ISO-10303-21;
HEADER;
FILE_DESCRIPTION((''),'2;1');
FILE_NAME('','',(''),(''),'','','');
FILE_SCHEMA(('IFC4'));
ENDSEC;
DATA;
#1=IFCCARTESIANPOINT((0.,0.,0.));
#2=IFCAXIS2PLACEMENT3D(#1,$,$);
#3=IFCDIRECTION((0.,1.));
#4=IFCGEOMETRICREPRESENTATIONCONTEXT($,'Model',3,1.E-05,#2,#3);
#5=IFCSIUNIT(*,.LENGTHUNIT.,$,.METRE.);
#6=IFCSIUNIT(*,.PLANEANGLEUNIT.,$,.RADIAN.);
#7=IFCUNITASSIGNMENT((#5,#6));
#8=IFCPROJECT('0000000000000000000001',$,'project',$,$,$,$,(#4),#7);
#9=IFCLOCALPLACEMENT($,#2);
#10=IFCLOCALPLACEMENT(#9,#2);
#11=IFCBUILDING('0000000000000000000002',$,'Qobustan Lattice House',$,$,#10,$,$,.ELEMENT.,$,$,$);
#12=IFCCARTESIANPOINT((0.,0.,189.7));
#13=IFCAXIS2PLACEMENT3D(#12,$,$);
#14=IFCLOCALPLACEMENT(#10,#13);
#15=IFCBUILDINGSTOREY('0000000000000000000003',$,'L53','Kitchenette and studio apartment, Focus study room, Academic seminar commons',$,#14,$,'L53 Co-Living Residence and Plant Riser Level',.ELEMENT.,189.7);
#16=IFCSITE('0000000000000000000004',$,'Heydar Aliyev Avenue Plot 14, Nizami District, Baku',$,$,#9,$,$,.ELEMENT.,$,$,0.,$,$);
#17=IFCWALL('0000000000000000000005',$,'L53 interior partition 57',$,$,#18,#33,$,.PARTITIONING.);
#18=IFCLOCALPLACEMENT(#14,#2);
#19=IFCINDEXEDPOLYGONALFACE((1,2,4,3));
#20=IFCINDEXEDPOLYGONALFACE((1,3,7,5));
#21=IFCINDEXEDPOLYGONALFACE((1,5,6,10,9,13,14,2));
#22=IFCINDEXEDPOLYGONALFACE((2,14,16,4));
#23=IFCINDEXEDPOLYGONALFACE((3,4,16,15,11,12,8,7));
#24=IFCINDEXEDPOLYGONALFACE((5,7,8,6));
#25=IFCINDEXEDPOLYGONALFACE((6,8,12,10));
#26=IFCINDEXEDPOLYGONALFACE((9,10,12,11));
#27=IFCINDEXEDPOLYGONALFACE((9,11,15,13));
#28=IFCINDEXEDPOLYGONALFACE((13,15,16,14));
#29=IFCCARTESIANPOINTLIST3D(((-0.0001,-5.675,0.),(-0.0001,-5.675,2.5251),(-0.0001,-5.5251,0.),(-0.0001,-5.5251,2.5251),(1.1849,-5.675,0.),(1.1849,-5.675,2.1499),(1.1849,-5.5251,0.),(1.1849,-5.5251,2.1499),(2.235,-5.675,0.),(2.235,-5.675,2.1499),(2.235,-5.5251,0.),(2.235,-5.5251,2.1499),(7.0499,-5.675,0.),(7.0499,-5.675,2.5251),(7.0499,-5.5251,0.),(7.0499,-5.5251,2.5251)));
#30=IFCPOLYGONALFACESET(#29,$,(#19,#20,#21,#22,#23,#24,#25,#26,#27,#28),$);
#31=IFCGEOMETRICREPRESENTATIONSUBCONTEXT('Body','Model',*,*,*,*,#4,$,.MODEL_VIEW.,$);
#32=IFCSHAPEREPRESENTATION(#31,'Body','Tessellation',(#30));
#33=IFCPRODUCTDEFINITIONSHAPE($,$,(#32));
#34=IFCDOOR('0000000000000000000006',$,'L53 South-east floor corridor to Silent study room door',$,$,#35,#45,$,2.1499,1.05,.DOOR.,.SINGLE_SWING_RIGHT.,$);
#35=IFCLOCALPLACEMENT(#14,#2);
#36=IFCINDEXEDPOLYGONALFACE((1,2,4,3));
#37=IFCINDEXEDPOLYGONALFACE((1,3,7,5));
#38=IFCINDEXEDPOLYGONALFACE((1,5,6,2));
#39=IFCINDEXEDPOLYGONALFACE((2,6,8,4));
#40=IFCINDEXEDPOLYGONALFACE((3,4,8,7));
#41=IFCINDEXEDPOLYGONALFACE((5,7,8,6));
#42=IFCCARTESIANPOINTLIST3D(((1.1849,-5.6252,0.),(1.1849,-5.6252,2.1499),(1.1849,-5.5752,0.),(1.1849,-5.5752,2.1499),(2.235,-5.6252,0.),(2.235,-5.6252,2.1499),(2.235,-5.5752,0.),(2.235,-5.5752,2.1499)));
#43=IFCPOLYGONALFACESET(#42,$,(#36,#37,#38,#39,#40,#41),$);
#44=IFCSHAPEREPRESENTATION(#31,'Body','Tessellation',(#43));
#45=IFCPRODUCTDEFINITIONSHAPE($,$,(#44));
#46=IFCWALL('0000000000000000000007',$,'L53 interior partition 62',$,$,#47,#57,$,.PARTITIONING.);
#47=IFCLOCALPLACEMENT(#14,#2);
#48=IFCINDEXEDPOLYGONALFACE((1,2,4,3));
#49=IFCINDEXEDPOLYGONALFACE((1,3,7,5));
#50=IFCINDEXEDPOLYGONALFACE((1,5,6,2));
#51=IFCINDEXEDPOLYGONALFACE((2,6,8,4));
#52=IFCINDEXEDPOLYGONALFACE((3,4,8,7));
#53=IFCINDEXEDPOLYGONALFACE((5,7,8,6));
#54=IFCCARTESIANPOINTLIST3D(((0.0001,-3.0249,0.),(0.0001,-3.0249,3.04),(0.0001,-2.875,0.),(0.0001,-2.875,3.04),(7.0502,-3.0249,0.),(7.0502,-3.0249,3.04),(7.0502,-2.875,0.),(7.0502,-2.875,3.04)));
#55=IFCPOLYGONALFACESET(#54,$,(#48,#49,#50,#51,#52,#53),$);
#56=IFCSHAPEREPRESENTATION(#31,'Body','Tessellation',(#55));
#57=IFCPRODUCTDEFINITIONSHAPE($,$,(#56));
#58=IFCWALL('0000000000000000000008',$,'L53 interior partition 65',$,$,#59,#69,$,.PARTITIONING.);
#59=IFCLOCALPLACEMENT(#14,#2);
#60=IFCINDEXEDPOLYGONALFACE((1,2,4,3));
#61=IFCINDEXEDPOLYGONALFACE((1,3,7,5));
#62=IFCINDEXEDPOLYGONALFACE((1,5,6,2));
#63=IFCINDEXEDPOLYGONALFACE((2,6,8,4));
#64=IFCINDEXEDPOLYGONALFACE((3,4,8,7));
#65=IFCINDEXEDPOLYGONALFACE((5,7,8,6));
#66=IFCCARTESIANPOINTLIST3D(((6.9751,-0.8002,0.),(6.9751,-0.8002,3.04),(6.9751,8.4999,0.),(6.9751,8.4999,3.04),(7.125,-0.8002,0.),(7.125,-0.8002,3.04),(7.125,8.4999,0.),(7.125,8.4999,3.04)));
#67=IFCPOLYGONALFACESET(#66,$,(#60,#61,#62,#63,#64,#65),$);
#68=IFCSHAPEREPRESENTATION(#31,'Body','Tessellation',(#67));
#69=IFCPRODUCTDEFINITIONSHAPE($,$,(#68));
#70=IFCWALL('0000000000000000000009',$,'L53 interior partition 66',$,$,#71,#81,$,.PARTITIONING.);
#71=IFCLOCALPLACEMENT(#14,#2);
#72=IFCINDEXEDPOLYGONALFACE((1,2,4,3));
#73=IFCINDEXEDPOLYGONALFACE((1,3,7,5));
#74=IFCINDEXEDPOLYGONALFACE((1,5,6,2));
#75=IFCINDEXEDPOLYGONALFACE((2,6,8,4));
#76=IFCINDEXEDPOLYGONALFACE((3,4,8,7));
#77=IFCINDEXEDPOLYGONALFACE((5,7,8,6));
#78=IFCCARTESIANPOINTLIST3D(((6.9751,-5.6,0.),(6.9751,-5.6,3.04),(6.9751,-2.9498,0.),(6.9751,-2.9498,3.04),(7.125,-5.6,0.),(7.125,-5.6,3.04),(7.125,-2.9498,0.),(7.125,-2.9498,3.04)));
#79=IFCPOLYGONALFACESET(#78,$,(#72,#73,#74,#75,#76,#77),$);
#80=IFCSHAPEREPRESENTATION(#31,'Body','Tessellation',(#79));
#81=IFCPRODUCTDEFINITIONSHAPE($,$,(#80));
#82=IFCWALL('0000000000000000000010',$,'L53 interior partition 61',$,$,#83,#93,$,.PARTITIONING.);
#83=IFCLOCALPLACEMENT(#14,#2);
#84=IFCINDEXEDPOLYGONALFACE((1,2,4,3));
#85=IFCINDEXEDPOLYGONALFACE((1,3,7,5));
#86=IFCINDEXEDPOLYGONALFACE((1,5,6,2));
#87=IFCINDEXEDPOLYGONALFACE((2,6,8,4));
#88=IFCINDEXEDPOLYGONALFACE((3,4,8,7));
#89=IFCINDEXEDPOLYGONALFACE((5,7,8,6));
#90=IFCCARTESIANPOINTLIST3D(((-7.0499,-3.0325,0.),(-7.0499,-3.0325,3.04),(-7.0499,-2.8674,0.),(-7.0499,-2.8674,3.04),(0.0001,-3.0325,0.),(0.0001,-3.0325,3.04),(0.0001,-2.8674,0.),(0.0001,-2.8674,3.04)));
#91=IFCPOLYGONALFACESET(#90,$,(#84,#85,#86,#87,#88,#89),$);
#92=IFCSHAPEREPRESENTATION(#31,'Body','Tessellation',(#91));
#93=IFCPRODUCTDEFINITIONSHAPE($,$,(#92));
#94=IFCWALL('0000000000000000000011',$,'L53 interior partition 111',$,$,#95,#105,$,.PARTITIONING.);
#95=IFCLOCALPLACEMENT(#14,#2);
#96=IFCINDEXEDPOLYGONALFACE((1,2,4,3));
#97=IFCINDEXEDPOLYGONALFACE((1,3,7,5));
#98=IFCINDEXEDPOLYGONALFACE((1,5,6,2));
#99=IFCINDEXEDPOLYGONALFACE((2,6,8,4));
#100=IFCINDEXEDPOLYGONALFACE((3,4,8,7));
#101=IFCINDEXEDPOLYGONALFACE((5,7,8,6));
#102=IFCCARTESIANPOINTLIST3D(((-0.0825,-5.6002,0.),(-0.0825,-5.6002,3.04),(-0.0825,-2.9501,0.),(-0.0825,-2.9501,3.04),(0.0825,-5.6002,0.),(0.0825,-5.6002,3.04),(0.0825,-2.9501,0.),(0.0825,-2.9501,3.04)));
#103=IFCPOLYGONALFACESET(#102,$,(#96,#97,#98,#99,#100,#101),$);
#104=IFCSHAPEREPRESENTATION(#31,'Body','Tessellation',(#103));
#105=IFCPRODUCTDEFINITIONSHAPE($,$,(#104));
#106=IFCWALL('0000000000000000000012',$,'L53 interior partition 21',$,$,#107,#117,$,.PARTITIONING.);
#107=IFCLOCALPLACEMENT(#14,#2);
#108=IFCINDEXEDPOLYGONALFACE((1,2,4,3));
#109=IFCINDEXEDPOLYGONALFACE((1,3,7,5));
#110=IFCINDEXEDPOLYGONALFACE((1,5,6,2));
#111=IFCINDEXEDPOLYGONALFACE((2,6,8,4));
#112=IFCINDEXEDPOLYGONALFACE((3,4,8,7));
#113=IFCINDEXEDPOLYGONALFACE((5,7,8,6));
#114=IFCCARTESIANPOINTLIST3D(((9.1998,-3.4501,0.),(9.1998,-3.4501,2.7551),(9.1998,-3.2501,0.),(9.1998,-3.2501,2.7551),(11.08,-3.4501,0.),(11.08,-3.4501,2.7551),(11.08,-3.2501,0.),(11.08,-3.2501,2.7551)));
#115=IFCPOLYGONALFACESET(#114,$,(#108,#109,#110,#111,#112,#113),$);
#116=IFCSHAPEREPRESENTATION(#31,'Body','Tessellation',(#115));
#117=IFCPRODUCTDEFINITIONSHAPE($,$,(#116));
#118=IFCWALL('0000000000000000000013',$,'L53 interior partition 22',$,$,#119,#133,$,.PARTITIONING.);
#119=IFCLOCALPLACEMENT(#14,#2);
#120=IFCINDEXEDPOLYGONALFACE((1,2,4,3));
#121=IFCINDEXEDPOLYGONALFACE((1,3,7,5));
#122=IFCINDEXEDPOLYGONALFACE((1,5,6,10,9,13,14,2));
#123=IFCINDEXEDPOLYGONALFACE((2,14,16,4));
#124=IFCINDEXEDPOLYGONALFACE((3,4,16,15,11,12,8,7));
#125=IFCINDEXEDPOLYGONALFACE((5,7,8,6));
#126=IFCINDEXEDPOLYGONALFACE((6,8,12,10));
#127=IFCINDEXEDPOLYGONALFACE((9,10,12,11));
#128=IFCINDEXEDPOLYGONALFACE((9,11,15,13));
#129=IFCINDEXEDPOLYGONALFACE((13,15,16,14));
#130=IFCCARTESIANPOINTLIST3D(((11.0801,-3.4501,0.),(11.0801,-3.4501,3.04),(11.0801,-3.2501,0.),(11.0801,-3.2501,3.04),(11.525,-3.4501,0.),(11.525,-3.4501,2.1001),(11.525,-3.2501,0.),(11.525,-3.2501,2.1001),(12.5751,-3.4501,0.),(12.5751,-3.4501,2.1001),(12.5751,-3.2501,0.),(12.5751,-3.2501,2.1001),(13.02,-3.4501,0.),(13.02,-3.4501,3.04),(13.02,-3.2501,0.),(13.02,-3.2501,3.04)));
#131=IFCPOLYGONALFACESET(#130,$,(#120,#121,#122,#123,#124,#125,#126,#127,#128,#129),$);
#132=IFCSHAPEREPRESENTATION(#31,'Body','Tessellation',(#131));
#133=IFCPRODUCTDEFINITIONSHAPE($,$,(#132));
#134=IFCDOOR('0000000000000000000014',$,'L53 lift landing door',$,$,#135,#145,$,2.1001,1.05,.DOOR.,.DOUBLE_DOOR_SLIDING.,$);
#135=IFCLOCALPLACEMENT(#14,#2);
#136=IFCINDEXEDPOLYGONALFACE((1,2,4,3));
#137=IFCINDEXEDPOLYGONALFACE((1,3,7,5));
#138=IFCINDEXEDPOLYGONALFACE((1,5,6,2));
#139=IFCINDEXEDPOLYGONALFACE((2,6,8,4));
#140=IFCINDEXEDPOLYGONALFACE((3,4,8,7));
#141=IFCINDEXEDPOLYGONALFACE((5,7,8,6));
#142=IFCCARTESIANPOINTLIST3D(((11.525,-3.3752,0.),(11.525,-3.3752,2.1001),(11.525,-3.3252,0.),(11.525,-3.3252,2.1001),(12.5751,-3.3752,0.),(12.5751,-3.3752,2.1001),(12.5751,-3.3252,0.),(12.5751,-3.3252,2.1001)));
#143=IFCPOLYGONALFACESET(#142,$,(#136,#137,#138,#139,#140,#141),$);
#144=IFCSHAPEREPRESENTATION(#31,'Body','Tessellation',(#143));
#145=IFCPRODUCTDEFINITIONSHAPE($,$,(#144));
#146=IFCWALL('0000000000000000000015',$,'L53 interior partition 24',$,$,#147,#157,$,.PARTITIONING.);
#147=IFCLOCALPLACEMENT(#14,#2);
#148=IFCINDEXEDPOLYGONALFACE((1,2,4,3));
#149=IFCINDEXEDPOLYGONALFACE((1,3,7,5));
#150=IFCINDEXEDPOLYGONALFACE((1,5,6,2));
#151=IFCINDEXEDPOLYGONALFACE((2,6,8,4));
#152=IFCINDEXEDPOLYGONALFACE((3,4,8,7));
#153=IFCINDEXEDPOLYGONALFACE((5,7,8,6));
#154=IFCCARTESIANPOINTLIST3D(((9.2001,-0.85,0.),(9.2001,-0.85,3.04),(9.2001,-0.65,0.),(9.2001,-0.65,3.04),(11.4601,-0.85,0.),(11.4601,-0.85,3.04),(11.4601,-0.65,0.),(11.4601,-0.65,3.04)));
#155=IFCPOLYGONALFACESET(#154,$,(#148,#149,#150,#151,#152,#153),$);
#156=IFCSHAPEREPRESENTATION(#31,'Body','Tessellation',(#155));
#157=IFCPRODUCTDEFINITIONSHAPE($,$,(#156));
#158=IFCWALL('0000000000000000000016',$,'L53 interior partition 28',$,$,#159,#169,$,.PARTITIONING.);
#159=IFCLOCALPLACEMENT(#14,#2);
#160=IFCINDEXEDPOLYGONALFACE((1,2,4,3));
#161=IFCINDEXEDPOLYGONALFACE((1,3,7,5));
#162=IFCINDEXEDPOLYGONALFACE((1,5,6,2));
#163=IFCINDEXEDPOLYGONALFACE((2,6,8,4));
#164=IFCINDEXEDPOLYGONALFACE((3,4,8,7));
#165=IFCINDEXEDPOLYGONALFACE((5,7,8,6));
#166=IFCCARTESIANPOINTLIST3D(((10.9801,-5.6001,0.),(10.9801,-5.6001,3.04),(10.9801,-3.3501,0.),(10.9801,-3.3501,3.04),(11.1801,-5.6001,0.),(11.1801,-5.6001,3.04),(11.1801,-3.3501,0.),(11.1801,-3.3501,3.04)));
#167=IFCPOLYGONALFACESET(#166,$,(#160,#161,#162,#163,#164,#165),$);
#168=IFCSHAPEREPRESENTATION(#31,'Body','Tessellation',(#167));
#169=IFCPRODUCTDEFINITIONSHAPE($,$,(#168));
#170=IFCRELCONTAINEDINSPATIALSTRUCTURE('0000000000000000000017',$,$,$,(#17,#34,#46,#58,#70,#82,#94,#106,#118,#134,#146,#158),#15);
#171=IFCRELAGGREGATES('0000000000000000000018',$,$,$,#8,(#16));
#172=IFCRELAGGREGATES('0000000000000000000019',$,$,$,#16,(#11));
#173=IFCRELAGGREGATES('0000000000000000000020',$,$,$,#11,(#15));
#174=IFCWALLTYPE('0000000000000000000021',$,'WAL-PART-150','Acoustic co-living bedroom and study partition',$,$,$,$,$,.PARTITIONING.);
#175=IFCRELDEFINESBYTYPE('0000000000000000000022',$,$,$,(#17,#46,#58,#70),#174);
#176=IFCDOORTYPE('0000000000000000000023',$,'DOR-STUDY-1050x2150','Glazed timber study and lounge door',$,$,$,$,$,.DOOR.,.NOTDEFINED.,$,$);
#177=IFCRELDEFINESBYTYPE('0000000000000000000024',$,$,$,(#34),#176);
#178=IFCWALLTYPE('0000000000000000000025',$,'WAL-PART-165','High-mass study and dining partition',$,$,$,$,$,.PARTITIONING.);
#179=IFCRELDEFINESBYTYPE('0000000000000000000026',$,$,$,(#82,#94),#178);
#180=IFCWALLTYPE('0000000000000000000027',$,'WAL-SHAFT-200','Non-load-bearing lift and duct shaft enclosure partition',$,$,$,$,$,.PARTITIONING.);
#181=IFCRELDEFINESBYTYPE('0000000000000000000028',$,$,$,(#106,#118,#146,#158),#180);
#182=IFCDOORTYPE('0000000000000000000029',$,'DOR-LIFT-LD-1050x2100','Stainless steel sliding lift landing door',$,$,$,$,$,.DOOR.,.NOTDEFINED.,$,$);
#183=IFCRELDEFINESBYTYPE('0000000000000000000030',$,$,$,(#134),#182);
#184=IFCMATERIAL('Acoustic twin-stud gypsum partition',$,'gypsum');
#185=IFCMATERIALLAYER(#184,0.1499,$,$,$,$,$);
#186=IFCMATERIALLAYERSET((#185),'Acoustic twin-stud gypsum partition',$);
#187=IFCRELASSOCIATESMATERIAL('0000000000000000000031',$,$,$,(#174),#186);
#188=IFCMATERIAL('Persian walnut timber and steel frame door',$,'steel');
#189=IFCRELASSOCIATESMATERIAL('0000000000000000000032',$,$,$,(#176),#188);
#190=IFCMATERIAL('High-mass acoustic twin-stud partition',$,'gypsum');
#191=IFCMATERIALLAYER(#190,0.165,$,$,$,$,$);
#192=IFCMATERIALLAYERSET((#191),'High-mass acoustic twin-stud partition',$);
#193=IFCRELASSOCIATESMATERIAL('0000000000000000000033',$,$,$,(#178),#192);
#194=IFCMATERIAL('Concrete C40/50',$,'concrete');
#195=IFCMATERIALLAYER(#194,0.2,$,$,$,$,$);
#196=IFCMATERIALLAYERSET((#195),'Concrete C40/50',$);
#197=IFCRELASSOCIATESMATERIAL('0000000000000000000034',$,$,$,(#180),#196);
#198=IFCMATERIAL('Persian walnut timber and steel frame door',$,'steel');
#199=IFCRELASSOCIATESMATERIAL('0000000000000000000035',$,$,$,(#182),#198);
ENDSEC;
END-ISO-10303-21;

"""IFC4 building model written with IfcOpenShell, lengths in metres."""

from ifc_helpers import new_model, si_unit, direction, frame, frame_2d, origin, place, context, subcontext, project, spatial, rectangle, extrude, material, layer, layer_set, type_object, element, fill, save


model = new_model("IFC4")

# Units and contexts
model_context = context("Model", 3, precision=1e-05, world=origin(), true_north=direction((0.0, 1.0)))
body_context = subcontext(model_context, "Body", "Model", "MODEL_VIEW")
ifc_project = project(units=[si_unit("LENGTHUNIT", "METRE"), si_unit("PLANEANGLEUNIT", "RADIAN")], contexts=[model_context])

# Site, building, storey
site_placement = place(None, origin())
site = spatial("IfcSite", under=ifc_project, at=site_placement, Name="Heydar Aliyev Avenue Plot 14, Nizami District, Baku", CompositionType="ELEMENT", RefElevation=0.0)
building_placement = place(site_placement, origin())
building = spatial("IfcBuilding", under=site, at=building_placement, Name="Qobustan Lattice House", CompositionType="ELEMENT")
storey_placement = place(building_placement, frame((0.0, 0.0, 189.7)))
storey = spatial("IfcBuildingStorey", under=building, at=storey_placement, Name="L53", Description="Kitchenette and studio apartment, Focus study room, Academic seminar commons", LongName="L53 Co-Living Residence and Plant Riser Level", CompositionType="ELEMENT", Elevation=189.7)

# Wall, opening, door
ifc_material_1 = material(Name="Acoustic twin-stud gypsum partition", Category="gypsum")
ifc_layer_1 = layer(ifc_material_1, 0.1499)
ifc_layer_set_1 = layer_set([ifc_layer_1], Name="Acoustic twin-stud gypsum partition")
wall_type_1 = type_object("IfcWallType", Name="WAL-PART-150", Description="Acoustic co-living bedroom and study partition", PredefinedType="PARTITIONING", material=ifc_layer_set_1)
wall_1_placement = place(storey_placement, frame((0.0, -5.6001, 0.0), z_axis=(0.0, 0.0, 1.0), x_axis=(1.0, 0.0, 0.0)))
wall_1 = element("IfcWall", 1, at=wall_1_placement, inside=storey, type_object=wall_type_1, Name="L53 interior partition 57", PredefinedType="PARTITIONING", context=body_context, shape_type="SweptSolid", body=[
    extrude(rectangle(XDim=7.05, YDim=0.1499, at=frame_2d((3.5249, 0.0))), origin(), (0.0, 0.0, 1.0), 2.5251),
])
opening_1_placement = place(wall_1_placement, frame((1.1851, 0.0, 0.0)))
opening_1 = element("IfcOpeningElement", 2, at=opening_1_placement, cuts=wall_1, PredefinedType="OPENING", context=body_context, shape_type="SweptSolid", body=[
    extrude(rectangle(XDim=1.05, YDim=2.1499, at=frame_2d((0.5249, 1.075))), frame((0.0, 0.085, 0.0), z_axis=(0.0, -1.0, 0.0), x_axis=(1.0, 0.0, 0.0)), (0.0, 0.0, 1.0), 0.1699),
])
ifc_material_2 = material(Name="Persian walnut timber and steel frame door", Category="steel")
door_type_1 = type_object("IfcDoorType", Name="DOR-STUDY-1050x2150", Description="Glazed timber study and lounge door", OperationType="NOTDEFINED", PredefinedType="DOOR", material=ifc_material_2)
door_1_placement = place(opening_1_placement, origin())
door_1 = element("IfcDoor", 3, at=door_1_placement, inside=storey, type_object=door_type_1, Name="L53 South-east floor corridor to Silent study room door", OperationType="SINGLE_SWING_RIGHT", OverallHeight=2.1499, OverallWidth=1.05, PredefinedType="DOOR", context=body_context, shape_type="SweptSolid", body=[
    extrude(rectangle(XDim=1.05, YDim=2.1499, at=frame_2d((0.5249, 1.075))), frame((0.0, 0.0249, 0.0), z_axis=(0.0, -1.0, 0.0), x_axis=(1.0, 0.0, 0.0)), (0.0, 0.0, 1.0), 0.05),
])
fill(opening_1, door_1)

# Walls
wall_2_placement = place(storey_placement, frame((7.05, -2.95, 0.0), z_axis=(0.0, 0.0, 1.0), x_axis=(-1.0, 0.0, 0.0)))
element("IfcWall", 4, at=wall_2_placement, inside=storey, type_object=wall_type_1, Name="L53 interior partition 62", PredefinedType="PARTITIONING", context=body_context, shape_type="SweptSolid", body=[
    extrude(rectangle(XDim=7.05, YDim=0.1499, at=frame_2d((3.5249, 0.0))), origin(), (0.0, 0.0, 1.0), 3.04),
])
wall_3_placement = place(storey_placement, frame((7.05, -0.8, 0.0), z_axis=(0.0, 0.0, 1.0), x_axis=(0.0, 1.0, 0.0)))
element("IfcWall", 5, at=wall_3_placement, inside=storey, type_object=wall_type_1, Name="L53 interior partition 65", PredefinedType="PARTITIONING", context=body_context, shape_type="SweptSolid", body=[
    extrude(rectangle(XDim=9.3, YDim=0.1499, at=frame_2d((4.6499, 0.0))), origin(), (0.0, 0.0, 1.0), 3.04),
])
wall_4_placement = place(storey_placement, frame((7.05, -5.6001, 0.0), z_axis=(0.0, 0.0, 1.0), x_axis=(0.0, 1.0, 0.0)))
element("IfcWall", 6, at=wall_4_placement, inside=storey, type_object=wall_type_1, Name="L53 interior partition 66", PredefinedType="PARTITIONING", context=body_context, shape_type="SweptSolid", body=[
    extrude(rectangle(XDim=2.6501, YDim=0.1499, at=frame_2d((1.3252, 0.0))), origin(), (0.0, 0.0, 1.0), 3.04),
])
ifc_material_3 = material(Name="High-mass acoustic twin-stud partition", Category="gypsum")
ifc_layer_2 = layer(ifc_material_3, 0.165)
ifc_layer_set_2 = layer_set([ifc_layer_2], Name="High-mass acoustic twin-stud partition")
wall_type_2 = type_object("IfcWallType", Name="WAL-PART-165", Description="High-mass study and dining partition", PredefinedType="PARTITIONING", material=ifc_layer_set_2)
wall_5_placement = place(storey_placement, frame((0.0, -2.95, 0.0), z_axis=(0.0, 0.0, 1.0), x_axis=(-1.0, 0.0, 0.0)))
element("IfcWall", 7, at=wall_5_placement, inside=storey, type_object=wall_type_2, Name="L53 interior partition 61", PredefinedType="PARTITIONING", context=body_context, shape_type="SweptSolid", body=[
    extrude(rectangle(XDim=7.05, YDim=0.165, at=frame_2d((3.5249, 0.0))), origin(), (0.0, 0.0, 1.0), 3.04),
])
wall_6_placement = place(storey_placement, frame((0.0, -2.95, 0.0), z_axis=(0.0, 0.0, 1.0), x_axis=(0.0, -1.0, 0.0)))
element("IfcWall", 8, at=wall_6_placement, inside=storey, type_object=wall_type_2, Name="L53 interior partition 111", PredefinedType="PARTITIONING", context=body_context, shape_type="SweptSolid", body=[
    extrude(rectangle(XDim=2.6501, YDim=0.165, at=frame_2d((1.3252, 0.0))), origin(), (0.0, 0.0, 1.0), 3.04),
])
ifc_material_4 = material(Name="Concrete C40/50", Category="concrete")
ifc_layer_3 = layer(ifc_material_4, 0.2)
ifc_layer_set_3 = layer_set([ifc_layer_3], Name="Concrete C40/50")
wall_type_3 = type_object("IfcWallType", Name="WAL-SHAFT-200", Description="Non-load-bearing lift and duct shaft enclosure partition", PredefinedType="PARTITIONING", material=ifc_layer_set_3)
wall_7_placement = place(storey_placement, frame((9.2, -3.3501, 0.0), z_axis=(0.0, 0.0, 1.0), x_axis=(1.0, 0.0, 0.0)))
element("IfcWall", 9, at=wall_7_placement, inside=storey, type_object=wall_type_3, Name="L53 interior partition 21", PredefinedType="PARTITIONING", context=body_context, shape_type="SweptSolid", body=[
    extrude(rectangle(XDim=1.8801, YDim=0.2, at=frame_2d((0.9399, 0.0))), origin(), (0.0, 0.0, 1.0), 2.7551),
])

# Wall, opening, door
wall_8_placement = place(storey_placement, frame((11.0801, -3.3501, 0.0), z_axis=(0.0, 0.0, 1.0), x_axis=(1.0, 0.0, 0.0)))
wall_8 = element("IfcWall", 10, at=wall_8_placement, inside=storey, type_object=wall_type_3, Name="L53 interior partition 22", PredefinedType="PARTITIONING", context=body_context, shape_type="SweptSolid", body=[
    extrude(rectangle(XDim=1.9399, YDim=0.2, at=frame_2d((0.97, 0.0))), origin(), (0.0, 0.0, 1.0), 3.04),
])
opening_2_placement = place(wall_8_placement, frame((0.4451, 0.0, 0.0)))
opening_2 = element("IfcOpeningElement", 11, at=opening_2_placement, cuts=wall_8, PredefinedType="OPENING", context=body_context, shape_type="SweptSolid", body=[
    extrude(rectangle(XDim=1.05, YDim=2.1001, at=frame_2d((0.5249, 1.05))), frame((0.0, 0.1099, 0.0), z_axis=(0.0, -1.0, 0.0), x_axis=(1.0, 0.0, 0.0)), (0.0, 0.0, 1.0), 0.22),
])
ifc_material_5 = material(Name="Persian walnut timber and steel frame door", Category="steel")
door_type_2 = type_object("IfcDoorType", Name="DOR-LIFT-LD-1050x2100", Description="Stainless steel sliding lift landing door", OperationType="NOTDEFINED", PredefinedType="DOOR", material=ifc_material_5)
door_2_placement = place(opening_2_placement, origin())
door_2 = element("IfcDoor", 12, at=door_2_placement, inside=storey, type_object=door_type_2, Name="L53 lift landing door", OperationType="DOUBLE_DOOR_SLIDING", OverallHeight=2.1001, OverallWidth=1.05, PredefinedType="DOOR", context=body_context, shape_type="SweptSolid", body=[
    extrude(rectangle(XDim=1.05, YDim=2.1001, at=frame_2d((0.5249, 1.05))), frame((0.0, 0.0249, 0.0), z_axis=(0.0, -1.0, 0.0), x_axis=(1.0, 0.0, 0.0)), (0.0, 0.0, 1.0), 0.05),
])
fill(opening_2, door_2)

# Walls
wall_9_placement = place(storey_placement, frame((11.46, -0.75, 0.0), z_axis=(0.0, 0.0, 1.0), x_axis=(-1.0, 0.0, 0.0)))
element("IfcWall", 13, at=wall_9_placement, inside=storey, type_object=wall_type_3, Name="L53 interior partition 24", PredefinedType="PARTITIONING", context=body_context, shape_type="SweptSolid", body=[
    extrude(rectangle(XDim=2.26, YDim=0.2, at=frame_2d((1.1299, 0.0))), origin(), (0.0, 0.0, 1.0), 3.04),
])
wall_10_placement = place(storey_placement, frame((11.0801, -5.6001, 0.0), z_axis=(0.0, 0.0, 1.0), x_axis=(0.0, 1.0, 0.0)))
element("IfcWall", 14, at=wall_10_placement, inside=storey, type_object=wall_type_3, Name="L53 interior partition 28", PredefinedType="PARTITIONING", context=body_context, shape_type="SweptSolid", body=[
    extrude(rectangle(XDim=2.25, YDim=0.2, at=frame_2d((1.125, 0.0))), origin(), (0.0, 0.0, 1.0), 3.04),
])

save(model, "model.ifc")
